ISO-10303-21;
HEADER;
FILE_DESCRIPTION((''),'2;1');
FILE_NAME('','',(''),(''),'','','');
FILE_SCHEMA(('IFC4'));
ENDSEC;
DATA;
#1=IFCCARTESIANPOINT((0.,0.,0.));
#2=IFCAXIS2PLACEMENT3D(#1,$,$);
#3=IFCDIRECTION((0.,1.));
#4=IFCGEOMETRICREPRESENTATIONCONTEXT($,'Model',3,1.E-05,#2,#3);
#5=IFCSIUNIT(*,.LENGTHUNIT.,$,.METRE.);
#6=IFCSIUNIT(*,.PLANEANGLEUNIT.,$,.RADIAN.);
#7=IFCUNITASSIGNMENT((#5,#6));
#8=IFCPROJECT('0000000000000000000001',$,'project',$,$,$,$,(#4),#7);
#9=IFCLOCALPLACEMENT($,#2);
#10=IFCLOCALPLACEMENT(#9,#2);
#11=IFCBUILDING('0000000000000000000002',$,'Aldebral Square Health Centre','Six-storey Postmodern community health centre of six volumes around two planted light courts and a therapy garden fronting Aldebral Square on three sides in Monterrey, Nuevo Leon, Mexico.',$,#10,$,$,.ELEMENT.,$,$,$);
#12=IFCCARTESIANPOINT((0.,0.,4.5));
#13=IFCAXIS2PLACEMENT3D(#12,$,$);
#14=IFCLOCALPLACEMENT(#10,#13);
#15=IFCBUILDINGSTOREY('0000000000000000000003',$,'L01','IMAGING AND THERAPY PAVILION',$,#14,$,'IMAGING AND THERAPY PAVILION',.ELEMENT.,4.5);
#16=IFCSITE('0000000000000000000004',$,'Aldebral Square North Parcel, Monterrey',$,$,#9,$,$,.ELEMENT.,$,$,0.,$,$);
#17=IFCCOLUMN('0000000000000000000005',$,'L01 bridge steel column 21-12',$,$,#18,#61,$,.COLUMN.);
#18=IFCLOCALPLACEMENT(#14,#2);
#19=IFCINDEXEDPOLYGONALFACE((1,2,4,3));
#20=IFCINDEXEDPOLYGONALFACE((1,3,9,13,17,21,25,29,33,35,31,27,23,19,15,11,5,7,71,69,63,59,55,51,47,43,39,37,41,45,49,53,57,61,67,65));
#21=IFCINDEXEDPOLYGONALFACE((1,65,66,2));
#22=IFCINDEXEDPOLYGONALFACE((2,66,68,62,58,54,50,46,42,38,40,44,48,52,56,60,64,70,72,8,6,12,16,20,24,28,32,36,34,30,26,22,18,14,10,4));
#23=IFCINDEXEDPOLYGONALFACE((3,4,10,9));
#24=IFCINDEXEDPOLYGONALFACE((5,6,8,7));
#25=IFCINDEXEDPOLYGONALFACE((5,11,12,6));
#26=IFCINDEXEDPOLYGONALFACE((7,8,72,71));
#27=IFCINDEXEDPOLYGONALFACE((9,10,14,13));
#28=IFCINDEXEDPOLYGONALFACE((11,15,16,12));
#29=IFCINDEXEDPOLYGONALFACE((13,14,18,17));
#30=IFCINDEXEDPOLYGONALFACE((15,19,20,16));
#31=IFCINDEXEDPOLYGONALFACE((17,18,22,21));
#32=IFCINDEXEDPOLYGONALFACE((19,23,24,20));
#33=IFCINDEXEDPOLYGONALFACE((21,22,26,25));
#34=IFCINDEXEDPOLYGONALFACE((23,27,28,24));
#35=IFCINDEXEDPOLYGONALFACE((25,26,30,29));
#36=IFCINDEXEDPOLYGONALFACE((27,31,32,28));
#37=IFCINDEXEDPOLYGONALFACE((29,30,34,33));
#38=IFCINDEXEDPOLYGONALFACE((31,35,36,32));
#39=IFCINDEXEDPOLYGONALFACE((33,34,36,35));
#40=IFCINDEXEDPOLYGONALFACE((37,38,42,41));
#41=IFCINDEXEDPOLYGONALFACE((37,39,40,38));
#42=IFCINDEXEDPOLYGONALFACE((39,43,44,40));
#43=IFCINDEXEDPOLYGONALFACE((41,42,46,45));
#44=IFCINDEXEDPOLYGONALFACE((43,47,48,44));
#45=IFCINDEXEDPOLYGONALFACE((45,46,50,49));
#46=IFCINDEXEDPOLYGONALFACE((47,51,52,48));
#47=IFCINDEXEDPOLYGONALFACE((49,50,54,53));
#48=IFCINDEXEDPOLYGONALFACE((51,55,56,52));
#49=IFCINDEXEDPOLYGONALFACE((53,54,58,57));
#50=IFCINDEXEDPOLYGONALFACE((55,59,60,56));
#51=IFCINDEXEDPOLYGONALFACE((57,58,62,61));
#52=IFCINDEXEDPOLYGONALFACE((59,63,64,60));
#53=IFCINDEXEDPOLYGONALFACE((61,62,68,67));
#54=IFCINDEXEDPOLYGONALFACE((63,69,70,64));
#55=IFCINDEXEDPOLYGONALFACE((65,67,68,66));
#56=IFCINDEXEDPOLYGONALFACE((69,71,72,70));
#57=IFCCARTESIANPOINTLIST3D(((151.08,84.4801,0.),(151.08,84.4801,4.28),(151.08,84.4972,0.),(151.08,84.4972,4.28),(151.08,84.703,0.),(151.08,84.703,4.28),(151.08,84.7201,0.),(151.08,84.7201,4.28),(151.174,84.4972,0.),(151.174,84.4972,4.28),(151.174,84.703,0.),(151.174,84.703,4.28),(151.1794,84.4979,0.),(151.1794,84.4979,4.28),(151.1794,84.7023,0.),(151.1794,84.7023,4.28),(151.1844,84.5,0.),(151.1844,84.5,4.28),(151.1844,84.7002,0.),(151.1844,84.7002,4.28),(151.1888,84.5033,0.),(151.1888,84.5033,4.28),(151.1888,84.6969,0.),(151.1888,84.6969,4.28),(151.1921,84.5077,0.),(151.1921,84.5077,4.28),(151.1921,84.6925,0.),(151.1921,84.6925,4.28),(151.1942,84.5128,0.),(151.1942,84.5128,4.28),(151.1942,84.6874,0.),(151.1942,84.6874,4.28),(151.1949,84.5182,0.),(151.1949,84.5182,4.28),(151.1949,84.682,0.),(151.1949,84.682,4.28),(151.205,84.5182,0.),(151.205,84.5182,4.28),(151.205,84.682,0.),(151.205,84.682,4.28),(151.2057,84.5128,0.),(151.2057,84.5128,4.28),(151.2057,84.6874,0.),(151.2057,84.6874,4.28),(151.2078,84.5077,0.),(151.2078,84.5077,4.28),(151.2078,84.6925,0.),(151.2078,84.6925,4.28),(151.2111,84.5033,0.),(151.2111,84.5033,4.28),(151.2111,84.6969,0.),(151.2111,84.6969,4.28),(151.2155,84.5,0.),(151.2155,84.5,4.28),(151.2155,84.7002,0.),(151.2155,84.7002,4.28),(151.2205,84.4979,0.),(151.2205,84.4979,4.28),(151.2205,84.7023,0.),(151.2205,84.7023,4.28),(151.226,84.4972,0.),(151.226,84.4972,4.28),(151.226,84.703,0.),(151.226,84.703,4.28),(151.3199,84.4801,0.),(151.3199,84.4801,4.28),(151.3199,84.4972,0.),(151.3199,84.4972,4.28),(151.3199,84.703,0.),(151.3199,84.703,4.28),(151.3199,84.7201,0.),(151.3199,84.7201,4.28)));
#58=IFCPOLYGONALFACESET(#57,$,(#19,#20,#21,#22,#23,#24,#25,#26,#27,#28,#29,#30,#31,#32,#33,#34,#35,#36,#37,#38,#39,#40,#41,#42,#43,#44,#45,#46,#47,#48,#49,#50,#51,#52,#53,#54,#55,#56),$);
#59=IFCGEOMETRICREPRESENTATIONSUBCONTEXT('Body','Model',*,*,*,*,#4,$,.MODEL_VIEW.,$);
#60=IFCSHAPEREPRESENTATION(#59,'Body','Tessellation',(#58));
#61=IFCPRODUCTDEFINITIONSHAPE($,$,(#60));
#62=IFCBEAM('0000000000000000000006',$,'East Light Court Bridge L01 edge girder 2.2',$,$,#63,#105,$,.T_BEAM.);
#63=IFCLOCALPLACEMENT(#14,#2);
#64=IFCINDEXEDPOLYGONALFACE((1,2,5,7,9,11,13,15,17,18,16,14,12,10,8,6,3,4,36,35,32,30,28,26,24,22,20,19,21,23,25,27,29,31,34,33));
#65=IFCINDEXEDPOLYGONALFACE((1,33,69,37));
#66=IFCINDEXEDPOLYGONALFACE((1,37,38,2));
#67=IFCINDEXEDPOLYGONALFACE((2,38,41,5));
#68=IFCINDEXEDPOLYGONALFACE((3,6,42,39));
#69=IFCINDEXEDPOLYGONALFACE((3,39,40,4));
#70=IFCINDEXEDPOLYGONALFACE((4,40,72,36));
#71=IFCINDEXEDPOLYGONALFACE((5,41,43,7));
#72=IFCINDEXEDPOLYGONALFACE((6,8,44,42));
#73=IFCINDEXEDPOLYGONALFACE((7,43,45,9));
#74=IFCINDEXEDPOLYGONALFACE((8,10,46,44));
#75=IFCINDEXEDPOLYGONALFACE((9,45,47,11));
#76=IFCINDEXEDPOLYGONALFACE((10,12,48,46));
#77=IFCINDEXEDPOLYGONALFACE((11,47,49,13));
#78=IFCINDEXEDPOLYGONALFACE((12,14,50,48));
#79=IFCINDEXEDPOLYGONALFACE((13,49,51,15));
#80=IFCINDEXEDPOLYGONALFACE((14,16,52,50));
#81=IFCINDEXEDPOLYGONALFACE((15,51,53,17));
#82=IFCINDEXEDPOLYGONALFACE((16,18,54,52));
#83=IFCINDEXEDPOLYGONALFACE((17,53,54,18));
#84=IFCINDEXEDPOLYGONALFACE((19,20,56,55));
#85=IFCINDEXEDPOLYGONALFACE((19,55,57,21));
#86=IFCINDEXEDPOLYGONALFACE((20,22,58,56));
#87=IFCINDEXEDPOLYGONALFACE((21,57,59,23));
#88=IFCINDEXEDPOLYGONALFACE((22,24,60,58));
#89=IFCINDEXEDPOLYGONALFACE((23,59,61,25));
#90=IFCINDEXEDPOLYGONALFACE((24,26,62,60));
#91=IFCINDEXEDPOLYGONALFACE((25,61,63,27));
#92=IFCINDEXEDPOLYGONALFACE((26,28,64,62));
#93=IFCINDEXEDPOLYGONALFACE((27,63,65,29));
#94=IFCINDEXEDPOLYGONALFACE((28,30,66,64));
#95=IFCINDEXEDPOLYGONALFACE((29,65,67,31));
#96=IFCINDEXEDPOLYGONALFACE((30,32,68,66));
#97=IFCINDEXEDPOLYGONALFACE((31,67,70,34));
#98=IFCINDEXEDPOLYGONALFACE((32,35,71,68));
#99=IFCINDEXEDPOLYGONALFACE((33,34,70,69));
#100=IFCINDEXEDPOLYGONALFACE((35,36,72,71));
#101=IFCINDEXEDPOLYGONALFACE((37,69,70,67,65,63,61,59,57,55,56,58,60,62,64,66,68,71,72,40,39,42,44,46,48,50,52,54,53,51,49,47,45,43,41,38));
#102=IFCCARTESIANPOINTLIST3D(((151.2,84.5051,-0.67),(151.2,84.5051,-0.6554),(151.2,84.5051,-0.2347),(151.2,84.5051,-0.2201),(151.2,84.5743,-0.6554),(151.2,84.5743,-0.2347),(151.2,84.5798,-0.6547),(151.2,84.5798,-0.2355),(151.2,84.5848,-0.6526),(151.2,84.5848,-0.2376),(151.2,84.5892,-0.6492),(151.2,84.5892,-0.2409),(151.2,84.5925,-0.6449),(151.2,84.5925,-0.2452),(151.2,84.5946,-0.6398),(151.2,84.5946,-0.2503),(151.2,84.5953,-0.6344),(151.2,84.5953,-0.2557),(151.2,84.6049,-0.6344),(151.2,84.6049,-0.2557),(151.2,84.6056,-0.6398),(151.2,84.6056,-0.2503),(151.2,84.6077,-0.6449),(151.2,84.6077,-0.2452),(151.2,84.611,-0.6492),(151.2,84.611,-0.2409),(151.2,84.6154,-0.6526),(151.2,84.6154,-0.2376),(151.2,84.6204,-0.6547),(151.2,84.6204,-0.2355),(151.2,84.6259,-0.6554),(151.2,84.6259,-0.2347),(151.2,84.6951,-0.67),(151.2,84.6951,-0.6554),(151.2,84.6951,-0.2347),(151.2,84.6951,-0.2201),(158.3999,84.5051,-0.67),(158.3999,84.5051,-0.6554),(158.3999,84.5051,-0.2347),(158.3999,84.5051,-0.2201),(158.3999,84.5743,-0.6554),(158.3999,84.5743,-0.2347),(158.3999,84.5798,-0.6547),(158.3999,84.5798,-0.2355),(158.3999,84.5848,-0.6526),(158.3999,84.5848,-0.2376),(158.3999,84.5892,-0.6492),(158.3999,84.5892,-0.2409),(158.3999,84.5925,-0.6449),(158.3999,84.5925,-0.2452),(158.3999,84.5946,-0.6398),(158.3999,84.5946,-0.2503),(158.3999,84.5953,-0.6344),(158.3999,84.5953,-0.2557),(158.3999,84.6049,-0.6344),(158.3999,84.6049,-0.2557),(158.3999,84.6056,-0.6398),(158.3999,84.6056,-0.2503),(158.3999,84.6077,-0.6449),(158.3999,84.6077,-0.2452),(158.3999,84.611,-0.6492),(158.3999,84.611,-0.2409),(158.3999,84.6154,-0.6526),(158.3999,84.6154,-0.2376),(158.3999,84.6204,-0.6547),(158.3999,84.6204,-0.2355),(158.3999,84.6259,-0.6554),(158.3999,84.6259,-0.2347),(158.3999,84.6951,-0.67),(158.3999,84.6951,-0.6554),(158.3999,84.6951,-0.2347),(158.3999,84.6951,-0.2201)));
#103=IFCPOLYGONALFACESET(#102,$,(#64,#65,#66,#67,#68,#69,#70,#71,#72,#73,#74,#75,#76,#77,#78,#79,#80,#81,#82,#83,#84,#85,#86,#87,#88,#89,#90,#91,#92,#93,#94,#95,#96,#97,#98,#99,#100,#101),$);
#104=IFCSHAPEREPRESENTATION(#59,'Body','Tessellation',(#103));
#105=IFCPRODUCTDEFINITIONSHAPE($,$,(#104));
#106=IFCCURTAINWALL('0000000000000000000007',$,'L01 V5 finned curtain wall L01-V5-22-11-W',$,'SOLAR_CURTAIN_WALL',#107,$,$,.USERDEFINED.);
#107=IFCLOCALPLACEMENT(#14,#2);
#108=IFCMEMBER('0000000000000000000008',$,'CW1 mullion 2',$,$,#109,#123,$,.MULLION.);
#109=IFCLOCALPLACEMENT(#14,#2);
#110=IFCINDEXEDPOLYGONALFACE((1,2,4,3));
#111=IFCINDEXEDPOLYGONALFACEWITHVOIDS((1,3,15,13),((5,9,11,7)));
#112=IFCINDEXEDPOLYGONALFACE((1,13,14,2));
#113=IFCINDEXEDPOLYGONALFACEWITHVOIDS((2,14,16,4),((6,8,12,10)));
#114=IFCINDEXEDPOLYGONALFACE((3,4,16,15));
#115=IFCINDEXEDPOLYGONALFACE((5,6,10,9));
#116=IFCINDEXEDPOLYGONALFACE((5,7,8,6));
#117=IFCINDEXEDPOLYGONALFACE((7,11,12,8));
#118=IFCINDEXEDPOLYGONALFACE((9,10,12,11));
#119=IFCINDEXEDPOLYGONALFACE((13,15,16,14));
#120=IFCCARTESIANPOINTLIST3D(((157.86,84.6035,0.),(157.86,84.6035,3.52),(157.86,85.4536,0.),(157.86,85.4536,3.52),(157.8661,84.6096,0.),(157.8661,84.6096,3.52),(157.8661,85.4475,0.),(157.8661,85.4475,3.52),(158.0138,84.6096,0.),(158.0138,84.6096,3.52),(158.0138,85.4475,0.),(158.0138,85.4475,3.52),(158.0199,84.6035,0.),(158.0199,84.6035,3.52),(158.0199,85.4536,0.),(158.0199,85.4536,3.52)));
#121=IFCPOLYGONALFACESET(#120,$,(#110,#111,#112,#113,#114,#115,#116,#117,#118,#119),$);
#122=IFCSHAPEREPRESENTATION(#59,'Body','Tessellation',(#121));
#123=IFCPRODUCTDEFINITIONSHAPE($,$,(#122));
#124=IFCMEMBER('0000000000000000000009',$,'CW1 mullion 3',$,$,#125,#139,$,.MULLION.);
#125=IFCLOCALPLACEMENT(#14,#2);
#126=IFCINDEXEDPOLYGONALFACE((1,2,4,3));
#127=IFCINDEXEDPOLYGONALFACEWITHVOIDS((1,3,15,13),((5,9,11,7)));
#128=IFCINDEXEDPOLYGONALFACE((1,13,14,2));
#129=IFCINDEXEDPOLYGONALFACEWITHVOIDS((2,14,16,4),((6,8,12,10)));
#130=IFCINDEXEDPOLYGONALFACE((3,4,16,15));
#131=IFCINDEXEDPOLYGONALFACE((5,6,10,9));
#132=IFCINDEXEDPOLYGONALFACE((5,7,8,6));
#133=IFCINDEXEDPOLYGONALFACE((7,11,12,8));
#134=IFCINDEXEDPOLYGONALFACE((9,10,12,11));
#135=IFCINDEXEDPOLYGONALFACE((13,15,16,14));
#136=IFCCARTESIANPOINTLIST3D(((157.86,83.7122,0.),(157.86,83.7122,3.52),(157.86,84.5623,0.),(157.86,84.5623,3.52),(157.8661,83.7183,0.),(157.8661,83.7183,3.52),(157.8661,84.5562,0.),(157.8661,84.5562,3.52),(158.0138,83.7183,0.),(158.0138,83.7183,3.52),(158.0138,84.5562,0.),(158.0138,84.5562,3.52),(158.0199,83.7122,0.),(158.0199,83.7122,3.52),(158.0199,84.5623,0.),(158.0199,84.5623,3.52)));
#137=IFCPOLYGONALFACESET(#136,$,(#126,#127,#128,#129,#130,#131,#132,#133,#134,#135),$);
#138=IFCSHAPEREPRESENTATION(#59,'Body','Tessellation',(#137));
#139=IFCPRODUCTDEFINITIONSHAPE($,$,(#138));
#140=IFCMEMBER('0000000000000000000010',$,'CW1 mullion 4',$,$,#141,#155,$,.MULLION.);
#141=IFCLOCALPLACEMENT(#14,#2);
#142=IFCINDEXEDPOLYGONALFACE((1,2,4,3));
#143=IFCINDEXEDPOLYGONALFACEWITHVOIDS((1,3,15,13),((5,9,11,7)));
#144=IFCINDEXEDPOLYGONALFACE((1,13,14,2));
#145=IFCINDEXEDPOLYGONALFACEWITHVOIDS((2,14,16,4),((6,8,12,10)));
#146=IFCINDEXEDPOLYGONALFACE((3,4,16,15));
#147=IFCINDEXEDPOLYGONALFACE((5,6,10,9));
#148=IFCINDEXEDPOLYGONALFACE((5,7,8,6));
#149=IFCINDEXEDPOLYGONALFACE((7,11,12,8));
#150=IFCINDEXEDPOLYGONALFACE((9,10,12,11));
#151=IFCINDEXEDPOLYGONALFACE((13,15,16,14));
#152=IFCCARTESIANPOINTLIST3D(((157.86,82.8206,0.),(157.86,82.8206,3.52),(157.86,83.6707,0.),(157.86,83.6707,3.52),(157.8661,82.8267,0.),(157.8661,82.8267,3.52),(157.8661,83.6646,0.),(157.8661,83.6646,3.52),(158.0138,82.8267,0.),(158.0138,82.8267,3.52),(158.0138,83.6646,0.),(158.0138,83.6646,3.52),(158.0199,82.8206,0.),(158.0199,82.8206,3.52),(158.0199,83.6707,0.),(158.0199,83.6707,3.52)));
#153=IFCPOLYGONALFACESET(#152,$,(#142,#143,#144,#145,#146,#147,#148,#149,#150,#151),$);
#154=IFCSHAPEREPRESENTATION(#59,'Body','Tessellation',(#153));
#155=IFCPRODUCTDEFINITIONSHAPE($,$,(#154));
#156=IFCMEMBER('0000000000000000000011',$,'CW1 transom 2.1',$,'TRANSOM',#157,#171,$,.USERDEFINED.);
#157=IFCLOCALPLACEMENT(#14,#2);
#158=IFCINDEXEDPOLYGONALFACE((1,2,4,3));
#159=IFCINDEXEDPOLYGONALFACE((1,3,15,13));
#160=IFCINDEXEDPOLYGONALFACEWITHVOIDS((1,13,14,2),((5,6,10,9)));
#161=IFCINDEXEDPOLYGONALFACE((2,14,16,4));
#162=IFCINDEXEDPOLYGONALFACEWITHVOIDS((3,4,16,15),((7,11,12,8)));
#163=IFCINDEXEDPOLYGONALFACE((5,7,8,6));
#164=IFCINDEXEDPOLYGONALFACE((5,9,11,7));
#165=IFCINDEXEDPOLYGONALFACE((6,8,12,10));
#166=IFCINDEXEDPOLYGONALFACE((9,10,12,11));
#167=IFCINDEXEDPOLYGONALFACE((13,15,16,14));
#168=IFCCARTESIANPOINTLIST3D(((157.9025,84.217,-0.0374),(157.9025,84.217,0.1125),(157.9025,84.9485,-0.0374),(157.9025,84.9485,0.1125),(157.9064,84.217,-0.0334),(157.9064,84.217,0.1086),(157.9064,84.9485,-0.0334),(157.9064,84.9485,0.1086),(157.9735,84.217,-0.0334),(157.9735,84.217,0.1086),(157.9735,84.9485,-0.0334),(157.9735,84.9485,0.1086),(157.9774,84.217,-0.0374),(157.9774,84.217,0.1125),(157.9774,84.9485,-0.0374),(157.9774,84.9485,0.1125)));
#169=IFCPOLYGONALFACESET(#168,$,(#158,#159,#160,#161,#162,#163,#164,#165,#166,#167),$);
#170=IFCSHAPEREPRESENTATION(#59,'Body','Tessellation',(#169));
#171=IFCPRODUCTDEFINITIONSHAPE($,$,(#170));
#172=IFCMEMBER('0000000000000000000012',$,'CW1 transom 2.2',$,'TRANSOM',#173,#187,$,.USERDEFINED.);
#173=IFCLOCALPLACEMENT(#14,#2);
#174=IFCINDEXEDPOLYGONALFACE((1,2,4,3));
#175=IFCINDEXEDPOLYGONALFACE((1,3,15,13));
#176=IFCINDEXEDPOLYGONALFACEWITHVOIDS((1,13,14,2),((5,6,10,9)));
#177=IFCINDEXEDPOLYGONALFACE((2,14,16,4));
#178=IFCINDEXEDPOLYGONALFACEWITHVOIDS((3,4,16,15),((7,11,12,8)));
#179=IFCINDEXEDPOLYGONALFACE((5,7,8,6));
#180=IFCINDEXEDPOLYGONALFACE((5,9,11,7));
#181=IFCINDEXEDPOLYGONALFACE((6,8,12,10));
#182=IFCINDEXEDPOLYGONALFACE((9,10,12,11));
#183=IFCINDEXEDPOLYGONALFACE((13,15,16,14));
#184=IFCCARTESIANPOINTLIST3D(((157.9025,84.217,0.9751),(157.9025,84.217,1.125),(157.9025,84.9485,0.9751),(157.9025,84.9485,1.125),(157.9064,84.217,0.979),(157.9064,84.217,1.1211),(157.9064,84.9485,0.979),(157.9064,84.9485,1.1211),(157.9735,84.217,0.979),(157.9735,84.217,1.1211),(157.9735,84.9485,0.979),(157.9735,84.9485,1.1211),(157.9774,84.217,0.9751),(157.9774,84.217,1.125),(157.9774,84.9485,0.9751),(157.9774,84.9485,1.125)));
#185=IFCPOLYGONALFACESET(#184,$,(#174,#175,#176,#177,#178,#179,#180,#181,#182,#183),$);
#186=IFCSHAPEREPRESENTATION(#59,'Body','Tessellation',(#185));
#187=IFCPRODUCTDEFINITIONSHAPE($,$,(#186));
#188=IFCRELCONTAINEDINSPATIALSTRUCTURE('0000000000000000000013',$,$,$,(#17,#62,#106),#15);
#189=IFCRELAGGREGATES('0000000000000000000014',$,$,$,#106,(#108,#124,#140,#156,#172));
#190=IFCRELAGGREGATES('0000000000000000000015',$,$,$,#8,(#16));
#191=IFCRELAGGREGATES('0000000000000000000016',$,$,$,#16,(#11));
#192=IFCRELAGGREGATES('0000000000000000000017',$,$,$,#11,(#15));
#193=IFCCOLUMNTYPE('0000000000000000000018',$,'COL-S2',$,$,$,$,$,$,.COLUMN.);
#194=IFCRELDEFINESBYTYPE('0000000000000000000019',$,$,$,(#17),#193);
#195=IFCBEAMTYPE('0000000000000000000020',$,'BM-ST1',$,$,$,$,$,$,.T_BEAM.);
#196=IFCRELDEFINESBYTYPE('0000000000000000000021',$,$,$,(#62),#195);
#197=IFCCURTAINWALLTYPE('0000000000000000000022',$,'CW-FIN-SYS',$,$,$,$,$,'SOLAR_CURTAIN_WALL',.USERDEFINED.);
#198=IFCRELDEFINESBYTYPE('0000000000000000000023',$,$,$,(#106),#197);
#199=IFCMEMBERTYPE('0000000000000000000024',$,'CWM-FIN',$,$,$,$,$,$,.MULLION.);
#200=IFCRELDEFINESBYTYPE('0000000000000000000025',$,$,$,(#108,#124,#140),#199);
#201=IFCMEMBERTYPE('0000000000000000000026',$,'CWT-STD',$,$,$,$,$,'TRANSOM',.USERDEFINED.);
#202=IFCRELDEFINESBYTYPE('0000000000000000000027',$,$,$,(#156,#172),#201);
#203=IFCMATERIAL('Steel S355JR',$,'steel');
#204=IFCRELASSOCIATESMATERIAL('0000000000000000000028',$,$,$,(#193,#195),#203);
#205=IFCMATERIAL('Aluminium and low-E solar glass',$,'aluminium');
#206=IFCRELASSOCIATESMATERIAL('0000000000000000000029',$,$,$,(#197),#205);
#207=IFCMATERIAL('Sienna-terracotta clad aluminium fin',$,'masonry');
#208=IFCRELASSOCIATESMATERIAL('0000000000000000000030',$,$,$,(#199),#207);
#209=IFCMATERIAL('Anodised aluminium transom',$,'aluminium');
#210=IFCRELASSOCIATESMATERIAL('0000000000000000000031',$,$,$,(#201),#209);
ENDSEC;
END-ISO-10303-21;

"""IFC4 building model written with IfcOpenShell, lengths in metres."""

from ifc_helpers import new_model, si_unit, direction, frame, origin, origin_2d, place, context, subcontext, project, spatial, hollow_rectangle, i_section, extrude, material, material_profile, profile_set, type_object, element, aggregate, save


model = new_model("IFC4")

# Units and contexts
model_context = context("Model", 3, precision=1e-05, world=origin(), true_north=direction((0.0, 1.0)))
body_context = subcontext(model_context, "Body", "Model", "MODEL_VIEW")
ifc_project = project(units=[si_unit("LENGTHUNIT", "METRE"), si_unit("PLANEANGLEUNIT", "RADIAN")], contexts=[model_context])

# Site, building, storey
site_placement = place(None, origin())
site = spatial("IfcSite", under=ifc_project, at=site_placement, Name="Aldebral Square North Parcel, Monterrey", CompositionType="ELEMENT", RefElevation=0.0)
building_placement = place(site_placement, origin())
building = spatial("IfcBuilding", under=site, at=building_placement, Name="Aldebral Square Health Centre", Description="Six-storey Postmodern community health centre of six volumes around two planted light courts and a therapy garden fronting Aldebral Square on three sides in Monterrey, Nuevo Leon, Mexico.", CompositionType="ELEMENT")
storey_placement = place(building_placement, frame((0.0, 0.0, 4.5)))
storey = spatial("IfcBuildingStorey", under=building, at=storey_placement, Name="L01", Description="IMAGING AND THERAPY PAVILION", LongName="IMAGING AND THERAPY PAVILION", CompositionType="ELEMENT", Elevation=4.5)

# Column
ifc_material_1 = material(Name="Steel S355JR", Category="steel")
ifc_material_profile_1 = material_profile(ifc_material_1, i_section(OverallWidth=0.24, OverallDepth=0.24, WebThickness=0.01, FlangeThickness=0.0171, FilletRadius=0.021, at=origin_2d()), Name="HEB 240")
ifc_profile_set_1 = profile_set([ifc_material_profile_1], Name="Steel S355JR")
column_type = type_object("IfcColumnType", Name="COL-S2", PredefinedType="COLUMN", material=ifc_profile_set_1)
column_placement = place(storey_placement, frame((151.2, 84.6001, 0.0), z_axis=(0.0, 0.0, 1.0), x_axis=(1.0, 0.0, 0.0)))
element("IfcColumn", 1, at=column_placement, inside=storey, type_object=column_type, Name="L01 bridge steel column 21-12", PredefinedType="COLUMN", context=body_context, shape_type="SweptSolid", body=[
    extrude(i_section(OverallWidth=0.24, OverallDepth=0.24, WebThickness=0.01, FlangeThickness=0.0171, FilletRadius=0.021, at=origin_2d()), origin(), (0.0, 0.0, 1.0), 4.28),
])

# Beam
ifc_material_profile_2 = material_profile(ifc_material_1, i_section(OverallWidth=0.1899, OverallDepth=0.45, WebThickness=0.0095, FlangeThickness=0.0146, FilletRadius=0.021, at=origin_2d()), Name="IPE 450")
ifc_profile_set_2 = profile_set([ifc_material_profile_2], Name="Steel S355JR")
beam_type = type_object("IfcBeamType", Name="BM-ST1", PredefinedType="T_BEAM", material=ifc_profile_set_2)
beam_placement = place(storey_placement, frame((151.2, 84.6001, -0.4451), z_axis=(1.0, 0.0, 0.0), x_axis=(0.0, 1.0, 0.0)))
element("IfcBeam", 2, at=beam_placement, inside=storey, type_object=beam_type, Name="East Light Court Bridge L01 edge girder 2.2", PredefinedType="T_BEAM", context=body_context, shape_type="SweptSolid", body=[
    extrude(i_section(OverallWidth=0.1899, OverallDepth=0.45, WebThickness=0.0095, FlangeThickness=0.0146, FilletRadius=0.021, at=origin_2d()), origin(), (0.0, 0.0, 1.0), 7.2),
])

# Curtain wall, members
ifc_material_2 = material(Name="Aluminium and low-E solar glass", Category="aluminium")
curtain_wall_type = type_object("IfcCurtainWallType", Name="CW-FIN-SYS", ElementType="SOLAR_CURTAIN_WALL", PredefinedType="USERDEFINED", material=ifc_material_2)
curtain_wall_placement = place(storey_placement, origin())
curtain_wall = element("IfcCurtainWall", 3, at=curtain_wall_placement, inside=storey, type_object=curtain_wall_type, Name="L01 V5 finned curtain wall L01-V5-22-11-W", ObjectType="SOLAR_CURTAIN_WALL", PredefinedType="USERDEFINED")
ifc_material_3 = material(Name="Sienna-terracotta clad aluminium fin", Category="masonry")
ifc_material_profile_3 = material_profile(ifc_material_3, hollow_rectangle(XDim=0.1599, YDim=0.8501, WallThickness=0.0061, at=origin_2d()), Name="FIN 160x850x6")
ifc_profile_set_3 = profile_set([ifc_material_profile_3], Name="Sienna-terracotta clad aluminium fin")
member_type_1 = type_object("IfcMemberType", Name="CWM-FIN", PredefinedType="MULLION", material=ifc_profile_set_3)
member_1_placement = place(storey_placement, frame((157.9399, 85.0286, 0.0), z_axis=(0.0, 0.0, 1.0), x_axis=(1.0, 0.0, 0.0)))
member_1 = element("IfcMember", 4, at=member_1_placement, type_object=member_type_1, Name="CW1 mullion 2", PredefinedType="MULLION", context=body_context, shape_type="SweptSolid", body=[
    extrude(hollow_rectangle(XDim=0.1599, YDim=0.8501, WallThickness=0.0061, at=origin_2d()), origin(), (0.0, 0.0, 1.0), 3.52),
])
member_2_placement = place(storey_placement, frame((157.9399, 84.1372, 0.0), z_axis=(0.0, 0.0, 1.0), x_axis=(1.0, 0.0, 0.0)))
member_2 = element("IfcMember", 5, at=member_2_placement, type_object=member_type_1, Name="CW1 mullion 3", PredefinedType="MULLION", context=body_context, shape_type="SweptSolid", body=[
    extrude(hollow_rectangle(XDim=0.1599, YDim=0.8501, WallThickness=0.0061, at=origin_2d()), origin(), (0.0, 0.0, 1.0), 3.52),
])
member_3_placement = place(storey_placement, frame((157.9399, 83.2456, 0.0), z_axis=(0.0, 0.0, 1.0), x_axis=(1.0, 0.0, 0.0)))
member_3 = element("IfcMember", 6, at=member_3_placement, type_object=member_type_1, Name="CW1 mullion 4", PredefinedType="MULLION", context=body_context, shape_type="SweptSolid", body=[
    extrude(hollow_rectangle(XDim=0.1599, YDim=0.8501, WallThickness=0.0061, at=origin_2d()), origin(), (0.0, 0.0, 1.0), 3.52),
])
ifc_material_4 = material(Name="Anodised aluminium transom", Category="aluminium")
ifc_material_profile_4 = material_profile(ifc_material_4, hollow_rectangle(XDim=0.075, YDim=0.1499, WallThickness=0.0039, at=origin_2d()), Name="CWT 75x150x4")
ifc_profile_set_4 = profile_set([ifc_material_profile_4], Name="Anodised aluminium transom")
member_type_2 = type_object("IfcMemberType", Name="CWT-STD", ElementType="TRANSOM", PredefinedType="USERDEFINED", material=ifc_profile_set_4)
member_4_placement = place(storey_placement, frame((157.9399, 84.9485, 0.0376), z_axis=(0.0, -1.0, 0.0), x_axis=(1.0, 0.0, 0.0)))
member_4 = element("IfcMember", 7, at=member_4_placement, type_object=member_type_2, Name="CW1 transom 2.1", ObjectType="TRANSOM", PredefinedType="USERDEFINED", context=body_context, shape_type="SweptSolid", body=[
    extrude(hollow_rectangle(XDim=0.075, YDim=0.1499, WallThickness=0.0039, at=origin_2d()), origin(), (0.0, 0.0, 1.0), 0.7314),
])
member_5_placement = place(storey_placement, frame((157.9399, 84.9485, 1.05), z_axis=(0.0, -1.0, 0.0), x_axis=(1.0, 0.0, 0.0)))
member_5 = element("IfcMember", 8, at=member_5_placement, type_object=member_type_2, Name="CW1 transom 2.2", ObjectType="TRANSOM", PredefinedType="USERDEFINED", context=body_context, shape_type="SweptSolid", body=[
    extrude(hollow_rectangle(XDim=0.075, YDim=0.1499, WallThickness=0.0039, at=origin_2d()), origin(), (0.0, 0.0, 1.0), 0.7314),
])
aggregate(curtain_wall, [member_1, member_2, member_3, member_4, member_5])

save(model, "model.ifc")
